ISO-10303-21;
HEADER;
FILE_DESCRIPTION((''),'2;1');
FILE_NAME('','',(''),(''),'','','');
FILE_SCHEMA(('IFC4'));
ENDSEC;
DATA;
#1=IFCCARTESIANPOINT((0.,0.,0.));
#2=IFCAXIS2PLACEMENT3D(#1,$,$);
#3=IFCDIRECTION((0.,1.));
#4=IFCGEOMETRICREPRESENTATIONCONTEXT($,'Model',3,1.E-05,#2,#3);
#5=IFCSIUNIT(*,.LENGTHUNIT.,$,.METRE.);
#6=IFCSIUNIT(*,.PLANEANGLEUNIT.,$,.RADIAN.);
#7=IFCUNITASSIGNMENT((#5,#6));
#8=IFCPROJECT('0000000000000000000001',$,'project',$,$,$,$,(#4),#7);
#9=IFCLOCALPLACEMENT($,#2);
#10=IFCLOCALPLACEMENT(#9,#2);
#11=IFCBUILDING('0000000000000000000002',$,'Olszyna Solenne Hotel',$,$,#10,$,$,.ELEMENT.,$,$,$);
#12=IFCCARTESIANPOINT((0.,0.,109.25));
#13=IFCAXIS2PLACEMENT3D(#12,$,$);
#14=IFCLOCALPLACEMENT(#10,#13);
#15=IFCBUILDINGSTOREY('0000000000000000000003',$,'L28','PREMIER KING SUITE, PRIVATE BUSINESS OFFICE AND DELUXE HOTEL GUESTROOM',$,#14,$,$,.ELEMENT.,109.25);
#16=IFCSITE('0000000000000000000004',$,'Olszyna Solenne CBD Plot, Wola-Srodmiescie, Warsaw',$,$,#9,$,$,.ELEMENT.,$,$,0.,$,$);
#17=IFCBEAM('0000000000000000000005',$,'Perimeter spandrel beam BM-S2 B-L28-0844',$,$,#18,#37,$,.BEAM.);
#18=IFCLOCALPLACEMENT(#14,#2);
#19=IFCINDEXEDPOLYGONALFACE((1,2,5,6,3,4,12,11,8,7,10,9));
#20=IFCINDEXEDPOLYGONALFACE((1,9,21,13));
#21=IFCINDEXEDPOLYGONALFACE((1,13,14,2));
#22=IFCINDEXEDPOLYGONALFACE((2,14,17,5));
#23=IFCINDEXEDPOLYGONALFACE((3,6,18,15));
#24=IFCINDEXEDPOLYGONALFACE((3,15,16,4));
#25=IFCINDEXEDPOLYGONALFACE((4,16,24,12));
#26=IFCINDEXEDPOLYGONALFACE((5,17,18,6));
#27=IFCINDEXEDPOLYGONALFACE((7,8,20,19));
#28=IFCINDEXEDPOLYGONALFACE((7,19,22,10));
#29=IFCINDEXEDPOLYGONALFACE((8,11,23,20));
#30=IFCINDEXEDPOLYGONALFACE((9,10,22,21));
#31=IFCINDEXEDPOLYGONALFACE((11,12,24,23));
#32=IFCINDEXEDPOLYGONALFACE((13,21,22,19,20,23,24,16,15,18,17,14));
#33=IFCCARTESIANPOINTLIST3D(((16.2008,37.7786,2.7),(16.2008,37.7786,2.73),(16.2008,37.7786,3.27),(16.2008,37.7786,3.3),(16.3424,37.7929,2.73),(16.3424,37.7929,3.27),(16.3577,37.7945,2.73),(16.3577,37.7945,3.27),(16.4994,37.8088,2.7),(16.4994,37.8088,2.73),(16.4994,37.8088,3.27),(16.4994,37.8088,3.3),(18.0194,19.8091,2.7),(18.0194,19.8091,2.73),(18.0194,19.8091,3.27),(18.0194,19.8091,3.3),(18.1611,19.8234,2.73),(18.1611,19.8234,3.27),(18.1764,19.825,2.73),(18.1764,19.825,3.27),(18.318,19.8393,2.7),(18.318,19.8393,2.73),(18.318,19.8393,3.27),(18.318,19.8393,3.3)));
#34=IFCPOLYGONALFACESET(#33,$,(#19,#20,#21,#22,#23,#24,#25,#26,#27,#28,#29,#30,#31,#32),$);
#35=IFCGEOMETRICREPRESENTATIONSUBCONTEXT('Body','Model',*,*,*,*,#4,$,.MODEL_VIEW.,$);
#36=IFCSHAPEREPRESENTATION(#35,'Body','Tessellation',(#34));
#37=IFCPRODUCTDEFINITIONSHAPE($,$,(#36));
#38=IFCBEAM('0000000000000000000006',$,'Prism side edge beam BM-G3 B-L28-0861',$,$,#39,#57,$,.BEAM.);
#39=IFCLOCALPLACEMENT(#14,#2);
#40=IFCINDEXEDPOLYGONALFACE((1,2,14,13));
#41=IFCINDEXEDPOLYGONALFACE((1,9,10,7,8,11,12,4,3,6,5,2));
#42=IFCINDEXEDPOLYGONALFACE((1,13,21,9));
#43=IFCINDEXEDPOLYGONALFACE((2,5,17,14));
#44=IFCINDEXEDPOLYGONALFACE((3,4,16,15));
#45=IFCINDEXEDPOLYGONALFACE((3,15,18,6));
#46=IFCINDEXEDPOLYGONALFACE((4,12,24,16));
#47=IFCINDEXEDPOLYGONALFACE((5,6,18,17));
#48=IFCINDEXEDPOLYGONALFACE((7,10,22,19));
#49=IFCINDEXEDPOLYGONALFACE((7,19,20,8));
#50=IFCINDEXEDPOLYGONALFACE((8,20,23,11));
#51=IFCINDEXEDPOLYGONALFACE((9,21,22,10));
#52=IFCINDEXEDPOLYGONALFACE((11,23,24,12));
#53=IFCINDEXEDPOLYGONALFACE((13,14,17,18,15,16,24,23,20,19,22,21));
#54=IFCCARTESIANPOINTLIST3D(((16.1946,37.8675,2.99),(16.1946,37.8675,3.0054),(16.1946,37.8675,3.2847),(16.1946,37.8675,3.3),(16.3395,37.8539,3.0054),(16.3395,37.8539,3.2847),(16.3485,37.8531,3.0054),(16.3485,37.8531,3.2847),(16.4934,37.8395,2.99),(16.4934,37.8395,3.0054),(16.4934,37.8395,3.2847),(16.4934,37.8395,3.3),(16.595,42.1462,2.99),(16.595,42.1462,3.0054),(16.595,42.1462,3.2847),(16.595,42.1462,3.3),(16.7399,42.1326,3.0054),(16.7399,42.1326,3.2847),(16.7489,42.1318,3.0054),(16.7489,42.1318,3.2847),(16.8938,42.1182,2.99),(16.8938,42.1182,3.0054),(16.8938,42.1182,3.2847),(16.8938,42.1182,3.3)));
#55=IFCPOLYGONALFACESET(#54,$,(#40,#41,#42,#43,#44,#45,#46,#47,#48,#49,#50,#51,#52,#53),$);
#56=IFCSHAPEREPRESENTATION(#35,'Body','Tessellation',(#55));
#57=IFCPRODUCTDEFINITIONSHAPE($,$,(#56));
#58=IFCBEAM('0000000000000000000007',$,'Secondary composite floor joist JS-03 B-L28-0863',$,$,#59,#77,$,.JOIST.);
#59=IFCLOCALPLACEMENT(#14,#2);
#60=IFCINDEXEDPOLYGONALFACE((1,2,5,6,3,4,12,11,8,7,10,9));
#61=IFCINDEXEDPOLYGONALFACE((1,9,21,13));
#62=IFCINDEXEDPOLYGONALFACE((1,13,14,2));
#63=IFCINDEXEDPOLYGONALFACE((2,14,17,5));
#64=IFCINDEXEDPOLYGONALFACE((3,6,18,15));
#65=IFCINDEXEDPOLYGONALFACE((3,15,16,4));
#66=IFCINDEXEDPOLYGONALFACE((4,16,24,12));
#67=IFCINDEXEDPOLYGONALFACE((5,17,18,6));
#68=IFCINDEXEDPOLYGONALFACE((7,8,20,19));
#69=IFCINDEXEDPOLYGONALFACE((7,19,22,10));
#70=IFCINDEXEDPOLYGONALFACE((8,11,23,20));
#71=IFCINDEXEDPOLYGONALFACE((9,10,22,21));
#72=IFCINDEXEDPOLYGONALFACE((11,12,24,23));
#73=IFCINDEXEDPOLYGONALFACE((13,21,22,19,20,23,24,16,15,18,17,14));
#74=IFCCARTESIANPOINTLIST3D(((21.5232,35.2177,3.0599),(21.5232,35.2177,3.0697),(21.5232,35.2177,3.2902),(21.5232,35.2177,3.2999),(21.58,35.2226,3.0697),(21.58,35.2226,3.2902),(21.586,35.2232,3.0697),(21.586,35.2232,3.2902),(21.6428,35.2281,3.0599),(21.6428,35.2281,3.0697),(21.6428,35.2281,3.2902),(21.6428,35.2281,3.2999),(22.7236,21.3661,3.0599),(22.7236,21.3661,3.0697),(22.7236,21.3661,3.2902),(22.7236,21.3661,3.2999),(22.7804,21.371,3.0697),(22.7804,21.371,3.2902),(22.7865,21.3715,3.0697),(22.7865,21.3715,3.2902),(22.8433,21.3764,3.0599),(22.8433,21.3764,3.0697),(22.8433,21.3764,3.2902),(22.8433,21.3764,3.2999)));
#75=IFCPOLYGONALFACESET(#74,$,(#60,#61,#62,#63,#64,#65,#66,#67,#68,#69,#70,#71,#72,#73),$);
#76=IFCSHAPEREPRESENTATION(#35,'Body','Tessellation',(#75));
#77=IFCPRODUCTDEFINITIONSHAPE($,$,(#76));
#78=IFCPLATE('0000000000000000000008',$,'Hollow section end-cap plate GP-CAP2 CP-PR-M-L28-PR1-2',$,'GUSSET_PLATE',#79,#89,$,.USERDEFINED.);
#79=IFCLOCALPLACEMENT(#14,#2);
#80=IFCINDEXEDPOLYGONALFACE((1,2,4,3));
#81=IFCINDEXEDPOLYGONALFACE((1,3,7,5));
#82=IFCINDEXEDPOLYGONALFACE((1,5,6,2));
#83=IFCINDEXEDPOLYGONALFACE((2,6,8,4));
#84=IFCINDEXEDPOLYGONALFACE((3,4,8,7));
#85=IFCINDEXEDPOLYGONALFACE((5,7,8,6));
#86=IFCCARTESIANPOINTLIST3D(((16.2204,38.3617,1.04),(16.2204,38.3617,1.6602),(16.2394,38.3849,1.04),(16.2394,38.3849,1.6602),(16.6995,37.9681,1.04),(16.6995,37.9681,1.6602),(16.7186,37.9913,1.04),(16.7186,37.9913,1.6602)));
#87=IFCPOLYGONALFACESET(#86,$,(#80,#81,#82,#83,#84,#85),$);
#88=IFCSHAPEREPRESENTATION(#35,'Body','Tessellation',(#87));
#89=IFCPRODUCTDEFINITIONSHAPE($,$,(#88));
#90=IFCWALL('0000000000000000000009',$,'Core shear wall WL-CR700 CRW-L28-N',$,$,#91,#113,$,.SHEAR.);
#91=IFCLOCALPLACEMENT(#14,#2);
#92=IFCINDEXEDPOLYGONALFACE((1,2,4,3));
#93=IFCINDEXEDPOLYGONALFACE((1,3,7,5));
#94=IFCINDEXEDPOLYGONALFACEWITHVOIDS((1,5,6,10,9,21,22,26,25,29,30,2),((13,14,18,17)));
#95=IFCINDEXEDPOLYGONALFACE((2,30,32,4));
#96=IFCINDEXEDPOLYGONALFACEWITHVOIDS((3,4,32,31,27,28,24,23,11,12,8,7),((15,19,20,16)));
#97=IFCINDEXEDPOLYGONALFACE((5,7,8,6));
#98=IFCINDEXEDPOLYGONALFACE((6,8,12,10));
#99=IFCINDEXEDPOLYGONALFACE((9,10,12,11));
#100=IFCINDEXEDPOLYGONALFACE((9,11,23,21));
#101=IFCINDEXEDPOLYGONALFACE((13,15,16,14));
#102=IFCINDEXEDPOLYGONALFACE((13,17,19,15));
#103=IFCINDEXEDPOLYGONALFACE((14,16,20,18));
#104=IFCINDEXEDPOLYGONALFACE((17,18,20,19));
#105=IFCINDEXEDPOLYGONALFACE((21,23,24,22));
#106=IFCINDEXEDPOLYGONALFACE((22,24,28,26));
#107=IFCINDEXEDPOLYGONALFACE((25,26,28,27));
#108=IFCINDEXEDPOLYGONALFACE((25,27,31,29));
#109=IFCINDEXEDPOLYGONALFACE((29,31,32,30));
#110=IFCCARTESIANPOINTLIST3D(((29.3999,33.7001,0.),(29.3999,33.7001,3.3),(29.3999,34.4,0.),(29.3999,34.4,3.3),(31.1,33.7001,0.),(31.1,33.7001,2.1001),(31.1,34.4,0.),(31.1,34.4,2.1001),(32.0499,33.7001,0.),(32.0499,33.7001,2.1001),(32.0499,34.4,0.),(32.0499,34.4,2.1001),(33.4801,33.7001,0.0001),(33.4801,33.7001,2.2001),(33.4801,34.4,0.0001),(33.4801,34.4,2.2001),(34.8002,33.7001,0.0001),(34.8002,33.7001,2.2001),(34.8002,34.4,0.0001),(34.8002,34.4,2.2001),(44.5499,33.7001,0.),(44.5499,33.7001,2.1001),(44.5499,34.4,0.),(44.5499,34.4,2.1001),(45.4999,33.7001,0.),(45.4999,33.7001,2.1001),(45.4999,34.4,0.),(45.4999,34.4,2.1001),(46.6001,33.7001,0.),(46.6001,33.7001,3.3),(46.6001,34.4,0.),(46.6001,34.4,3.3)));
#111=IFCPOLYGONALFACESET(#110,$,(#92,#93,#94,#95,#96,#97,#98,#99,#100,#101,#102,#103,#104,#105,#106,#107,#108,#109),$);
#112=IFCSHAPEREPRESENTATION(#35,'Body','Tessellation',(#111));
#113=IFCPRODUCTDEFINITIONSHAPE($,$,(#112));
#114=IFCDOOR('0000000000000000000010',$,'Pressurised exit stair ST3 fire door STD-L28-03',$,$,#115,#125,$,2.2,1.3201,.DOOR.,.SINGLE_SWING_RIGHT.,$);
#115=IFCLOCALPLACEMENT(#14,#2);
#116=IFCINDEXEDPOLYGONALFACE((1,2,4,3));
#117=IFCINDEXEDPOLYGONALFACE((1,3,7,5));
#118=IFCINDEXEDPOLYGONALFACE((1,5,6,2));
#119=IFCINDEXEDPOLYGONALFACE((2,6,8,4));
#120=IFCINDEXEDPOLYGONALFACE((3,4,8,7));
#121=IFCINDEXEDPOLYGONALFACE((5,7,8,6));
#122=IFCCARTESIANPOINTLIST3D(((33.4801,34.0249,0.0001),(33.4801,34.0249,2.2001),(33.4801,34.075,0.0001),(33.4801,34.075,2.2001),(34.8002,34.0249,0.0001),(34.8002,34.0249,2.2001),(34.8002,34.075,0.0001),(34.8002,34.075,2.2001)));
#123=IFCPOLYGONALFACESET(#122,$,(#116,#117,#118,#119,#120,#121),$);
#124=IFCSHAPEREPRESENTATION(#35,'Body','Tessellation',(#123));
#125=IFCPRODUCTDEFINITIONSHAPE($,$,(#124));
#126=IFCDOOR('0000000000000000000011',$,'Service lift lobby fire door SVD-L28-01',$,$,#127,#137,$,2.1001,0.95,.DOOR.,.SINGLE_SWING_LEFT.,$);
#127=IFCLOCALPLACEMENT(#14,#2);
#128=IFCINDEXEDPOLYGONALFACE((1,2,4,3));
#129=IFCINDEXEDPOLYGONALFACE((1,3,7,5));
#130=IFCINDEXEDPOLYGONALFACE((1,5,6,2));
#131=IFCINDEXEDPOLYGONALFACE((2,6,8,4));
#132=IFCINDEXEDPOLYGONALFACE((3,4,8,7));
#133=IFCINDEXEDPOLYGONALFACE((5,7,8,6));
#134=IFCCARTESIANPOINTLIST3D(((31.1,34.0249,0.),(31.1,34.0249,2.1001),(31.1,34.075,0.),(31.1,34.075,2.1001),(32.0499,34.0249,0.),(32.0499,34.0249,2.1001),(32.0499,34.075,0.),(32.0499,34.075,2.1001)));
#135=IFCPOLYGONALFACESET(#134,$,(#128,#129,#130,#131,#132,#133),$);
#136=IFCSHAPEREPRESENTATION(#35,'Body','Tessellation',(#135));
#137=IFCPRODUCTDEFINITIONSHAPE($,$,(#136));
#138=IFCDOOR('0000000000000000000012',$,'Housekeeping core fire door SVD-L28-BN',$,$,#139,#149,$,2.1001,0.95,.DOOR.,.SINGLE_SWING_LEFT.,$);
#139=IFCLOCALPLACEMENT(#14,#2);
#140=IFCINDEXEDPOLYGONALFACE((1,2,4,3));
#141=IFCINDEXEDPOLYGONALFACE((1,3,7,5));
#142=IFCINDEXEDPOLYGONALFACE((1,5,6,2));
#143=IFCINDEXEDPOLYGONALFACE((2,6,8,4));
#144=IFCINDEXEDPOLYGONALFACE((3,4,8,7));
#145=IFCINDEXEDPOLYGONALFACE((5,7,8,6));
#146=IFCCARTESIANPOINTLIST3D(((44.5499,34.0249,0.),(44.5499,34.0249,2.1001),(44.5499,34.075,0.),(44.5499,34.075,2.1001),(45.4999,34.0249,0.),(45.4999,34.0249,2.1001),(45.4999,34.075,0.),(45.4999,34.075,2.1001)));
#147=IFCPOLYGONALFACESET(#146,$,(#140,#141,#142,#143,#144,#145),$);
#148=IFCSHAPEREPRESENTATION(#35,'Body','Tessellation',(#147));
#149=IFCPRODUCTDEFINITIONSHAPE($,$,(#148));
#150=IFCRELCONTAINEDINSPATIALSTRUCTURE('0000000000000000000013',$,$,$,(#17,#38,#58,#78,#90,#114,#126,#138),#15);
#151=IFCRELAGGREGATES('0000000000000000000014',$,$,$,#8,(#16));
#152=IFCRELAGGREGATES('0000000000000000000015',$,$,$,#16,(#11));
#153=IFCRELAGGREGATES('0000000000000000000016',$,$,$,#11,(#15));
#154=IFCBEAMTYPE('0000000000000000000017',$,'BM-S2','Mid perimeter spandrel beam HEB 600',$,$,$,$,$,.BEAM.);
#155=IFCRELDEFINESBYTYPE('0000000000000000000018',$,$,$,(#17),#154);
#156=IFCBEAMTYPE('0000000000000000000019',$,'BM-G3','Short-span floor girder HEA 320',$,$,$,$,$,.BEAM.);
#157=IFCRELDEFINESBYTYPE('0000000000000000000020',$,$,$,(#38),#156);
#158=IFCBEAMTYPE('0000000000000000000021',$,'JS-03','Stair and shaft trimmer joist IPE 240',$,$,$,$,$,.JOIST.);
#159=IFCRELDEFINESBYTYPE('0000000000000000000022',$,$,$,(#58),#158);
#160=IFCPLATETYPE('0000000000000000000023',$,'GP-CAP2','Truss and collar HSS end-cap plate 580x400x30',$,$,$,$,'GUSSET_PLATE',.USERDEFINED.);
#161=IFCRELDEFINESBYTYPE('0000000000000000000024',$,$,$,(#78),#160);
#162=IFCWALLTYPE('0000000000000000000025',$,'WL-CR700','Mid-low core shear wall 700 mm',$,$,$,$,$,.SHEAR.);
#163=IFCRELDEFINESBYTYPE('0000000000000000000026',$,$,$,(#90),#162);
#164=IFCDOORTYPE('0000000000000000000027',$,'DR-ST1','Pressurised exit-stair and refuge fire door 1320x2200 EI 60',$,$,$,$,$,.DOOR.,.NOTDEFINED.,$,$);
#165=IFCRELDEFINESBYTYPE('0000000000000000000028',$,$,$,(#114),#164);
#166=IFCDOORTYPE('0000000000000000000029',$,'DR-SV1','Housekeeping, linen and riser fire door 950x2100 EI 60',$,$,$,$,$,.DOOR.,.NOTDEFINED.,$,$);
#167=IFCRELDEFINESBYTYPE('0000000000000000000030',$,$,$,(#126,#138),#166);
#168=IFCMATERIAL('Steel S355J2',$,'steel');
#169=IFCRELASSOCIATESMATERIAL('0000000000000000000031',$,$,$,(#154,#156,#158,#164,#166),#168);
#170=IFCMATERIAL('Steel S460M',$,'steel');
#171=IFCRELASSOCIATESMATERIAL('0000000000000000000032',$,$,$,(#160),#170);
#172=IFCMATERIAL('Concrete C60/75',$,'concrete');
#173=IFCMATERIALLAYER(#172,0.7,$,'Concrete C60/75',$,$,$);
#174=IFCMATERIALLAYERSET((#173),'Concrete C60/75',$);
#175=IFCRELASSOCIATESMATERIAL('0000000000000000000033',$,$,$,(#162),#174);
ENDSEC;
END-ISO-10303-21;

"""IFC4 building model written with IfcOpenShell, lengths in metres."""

from ifc_helpers import new_model, si_unit, direction, frame, frame_2d, origin, origin_2d, place, context, subcontext, project, spatial, rectangle, i_section, extrude, source, transform, mapped, material, layer, layer_set, material_profile, profile_set, type_object, type_shapes, element, fill, save


model = new_model("IFC4")

# Units and contexts
model_context = context("Model", 3, precision=1e-05, world=origin(), true_north=direction((0.0, 1.0)))
body_context = subcontext(model_context, "Body", "Model", "MODEL_VIEW")
ifc_project = project(units=[si_unit("LENGTHUNIT", "METRE"), si_unit("PLANEANGLEUNIT", "RADIAN")], contexts=[model_context])

# Site, building, storey
site_placement = place(None, origin())
site = spatial("IfcSite", under=ifc_project, at=site_placement, Name="Olszyna Solenne CBD Plot, Wola-Srodmiescie, Warsaw", CompositionType="ELEMENT", RefElevation=0.0)
building_placement = place(site_placement, origin())
building = spatial("IfcBuilding", under=site, at=building_placement, Name="Olszyna Solenne Hotel", CompositionType="ELEMENT")
storey_placement = place(building_placement, frame((0.0, 0.0, 109.25)))
storey = spatial("IfcBuildingStorey", under=building, at=storey_placement, Name="L28", Description="PREMIER KING SUITE, PRIVATE BUSINESS OFFICE AND DELUXE HOTEL GUESTROOM", CompositionType="ELEMENT", Elevation=109.25)

# Beams
ifc_material_1 = material(Name="Steel S355J2", Category="steel")
ifc_material_profile_1 = material_profile(ifc_material_1, i_section(OverallWidth=0.3, OverallDepth=0.6001, WebThickness=0.0154, FlangeThickness=0.03, at=origin_2d()), Name="HEB 600", Category="load-bearing")
ifc_profile_set_1 = profile_set([ifc_material_profile_1], Name="Steel S355J2")
beam_type_1 = type_object("IfcBeamType", Name="BM-S2", Description="Mid perimeter spandrel beam HEB 600", PredefinedType="BEAM", material=ifc_profile_set_1)
shared_shape_1 = source(origin(), body_context, "Body", "SweptSolid", [
    extrude(i_section(OverallWidth=0.3, OverallDepth=0.6001, WebThickness=0.0154, FlangeThickness=0.03, at=origin_2d()), origin(), (0.0, 0.0, 1.0), 18.0613),
])
beam_1_placement = place(storey_placement, frame((16.3501, 37.7937, 3.0), z_axis=(0.100691, -0.994918, 0.0), x_axis=(0.994918, 0.100691, 0.0)))
element("IfcBeam", 1, at=beam_1_placement, inside=storey, type_object=beam_type_1, Name="Perimeter spandrel beam BM-S2 B-L28-0844", PredefinedType="BEAM", context=body_context, shape_type="MappedRepresentation", body=[
    mapped(shared_shape_1, transform((0.0, 0.0, 0.0), x_axis=(1.0, 0.0, 0.0), y_axis=(0.0, 1.0, 0.0), z_axis=(0.0, 0.0, 1.0), scale=1.0)),
])
ifc_material_profile_2 = material_profile(ifc_material_1, i_section(OverallWidth=0.3, OverallDepth=0.3101, WebThickness=0.009, FlangeThickness=0.0154, at=origin_2d()), Name="HEA 320", Category="load-bearing")
ifc_profile_set_2 = profile_set([ifc_material_profile_2], Name="Steel S355J2")
beam_type_2 = type_object("IfcBeamType", Name="BM-G3", Description="Short-span floor girder HEA 320", PredefinedType="BEAM", material=ifc_profile_set_2)
shared_shape_2 = source(origin(), body_context, "Body", "SweptSolid", [
    extrude(i_section(OverallWidth=0.3, OverallDepth=0.3101, WebThickness=0.009, FlangeThickness=0.0154, at=origin_2d()), origin(), (0.0, 0.0, 1.0), 4.2974),
])
beam_2_placement = place(storey_placement, frame((16.344, 37.8535, 3.145), z_axis=(0.093174, 0.99565, 0.0), x_axis=(-0.99565, 0.093174, 0.0)))
element("IfcBeam", 2, at=beam_2_placement, inside=storey, type_object=beam_type_2, Name="Prism side edge beam BM-G3 B-L28-0861", PredefinedType="BEAM", context=body_context, shape_type="MappedRepresentation", body=[
    mapped(shared_shape_2, transform((0.0, 0.0, 0.0), x_axis=(1.0, 0.0, 0.0), y_axis=(0.0, 1.0, 0.0), z_axis=(0.0, 0.0, 1.0), scale=1.0)),
])
ifc_material_profile_3 = material_profile(ifc_material_1, i_section(OverallWidth=0.1201, OverallDepth=0.24, WebThickness=0.0061, FlangeThickness=0.0098, at=origin_2d()), Name="IPE 240", Category="load-bearing")
ifc_profile_set_3 = profile_set([ifc_material_profile_3], Name="Steel S355J2")
beam_type_3 = type_object("IfcBeamType", Name="JS-03", Description="Stair and shaft trimmer joist IPE 240", PredefinedType="JOIST", material=ifc_profile_set_3)
shared_shape_3 = source(origin(), body_context, "Body", "SweptSolid", [
    extrude(i_section(OverallWidth=0.1201, OverallDepth=0.24, WebThickness=0.0061, FlangeThickness=0.0098, at=origin_2d()), origin(), (0.0, 0.0, 1.0), 13.9036),
])
beam_3_placement = place(storey_placement, frame((21.583, 35.2229, 3.1799), z_axis=(0.086341, -0.996266, 0.0), x_axis=(0.996266, 0.086341, 0.0)))
element("IfcBeam", 3, at=beam_3_placement, inside=storey, type_object=beam_type_3, Name="Secondary composite floor joist JS-03 B-L28-0863", PredefinedType="JOIST", context=body_context, shape_type="MappedRepresentation", body=[
    mapped(shared_shape_3, transform((0.0, 0.0, 0.0), x_axis=(1.0, 0.0, 0.0), y_axis=(0.0, 1.0, 0.0), z_axis=(0.0, 0.0, 1.0), scale=1.0)),
])

# Plate
ifc_material_2 = material(Name="Steel S460M", Category="steel")
plate_type = type_object("IfcPlateType", Name="GP-CAP2", Description="Truss and collar HSS end-cap plate 580x400x30", ElementType="GUSSET_PLATE", PredefinedType="USERDEFINED", material=ifc_material_2)
shared_shape_4 = source(origin(), body_context, "Body", "SweptSolid", [
    extrude(rectangle(XDim=0.03, YDim=0.6201, at=origin_2d()), origin(), (0.0, 0.0, 1.0), 0.6201),
])
plate_placement = place(storey_placement, frame((16.4695, 38.1765, 1.04), z_axis=(0.0, 0.0, 1.0), x_axis=(-0.634731, -0.772734, 0.0)))
element("IfcPlate", 4, at=plate_placement, inside=storey, type_object=plate_type, Name="Hollow section end-cap plate GP-CAP2 CP-PR-M-L28-PR1-2", ObjectType="GUSSET_PLATE", PredefinedType="USERDEFINED", context=body_context, shape_type="MappedRepresentation", body=[
    mapped(shared_shape_4, transform((0.0, 0.0, 0.0), x_axis=(1.0, 0.0, 0.0), y_axis=(0.0, 1.0, 0.0), z_axis=(0.0, 0.0, 1.0), scale=1.0)),
])

# Wall, openings, doors
ifc_material_3 = material(Name="Concrete C60/75", Category="concrete")
ifc_layer_1 = layer(ifc_material_3, 0.7, Name="Concrete C60/75")
ifc_layer_set_1 = layer_set([ifc_layer_1], Name="Concrete C60/75")
wall_type_1 = type_object("IfcWallType", Name="WL-CR700", Description="Mid-low core shear wall 700 mm", PredefinedType="SHEAR", material=ifc_layer_set_1)
wall_1_placement = place(storey_placement, frame((29.3999, 34.05, 0.0), z_axis=(0.0, 0.0, 1.0), x_axis=(1.0, 0.0, 0.0)))
wall_1 = element("IfcWall", 5, at=wall_1_placement, inside=storey, type_object=wall_type_1, Name="Core shear wall WL-CR700 CRW-L28-N", PredefinedType="SHEAR", context=body_context, shape_type="SweptSolid", body=[
    extrude(rectangle(XDim=17.2002, YDim=0.7, at=frame_2d((8.6001, 0.0))), origin(), (0.0, 0.0, 1.0), 3.3),
])
opening_1_placement = place(wall_1_placement, frame((1.7, 0.0, 0.0)))
opening_1 = element("IfcOpeningElement", 6, at=opening_1_placement, cuts=wall_1, PredefinedType="OPENING", context=body_context, shape_type="SweptSolid", body=[
    extrude(rectangle(XDim=0.95, YDim=2.1001, at=frame_2d((0.4751, 1.05))), frame((0.0, 0.3599, 0.0), z_axis=(0.0, -1.0, 0.0), x_axis=(1.0, 0.0, 0.0)), (0.0, 0.0, 1.0), 0.72),
])
opening_2_placement = place(wall_1_placement, frame((4.0801, 0.0, 0.0)))
opening_2 = element("IfcOpeningElement", 7, at=opening_2_placement, cuts=wall_1, PredefinedType="OPENING", context=body_context, shape_type="SweptSolid", body=[
    extrude(rectangle(XDim=1.3201, YDim=2.2, at=frame_2d((0.6602, 1.1001))), frame((0.0, 0.3599, 0.0), z_axis=(0.0, -1.0, 0.0), x_axis=(1.0, 0.0, 0.0)), (0.0, 0.0, 1.0), 0.72),
])
opening_3_placement = place(wall_1_placement, frame((15.1499, 0.0, 0.0)))
opening_3 = element("IfcOpeningElement", 8, at=opening_3_placement, cuts=wall_1, PredefinedType="OPENING", context=body_context, shape_type="SweptSolid", body=[
    extrude(rectangle(XDim=0.95, YDim=2.1001, at=frame_2d((0.4751, 1.05))), frame((0.0, 0.3599, 0.0), z_axis=(0.0, -1.0, 0.0), x_axis=(1.0, 0.0, 0.0)), (0.0, 0.0, 1.0), 0.72),
])
door_type_1 = type_object("IfcDoorType", Name="DR-ST1", Description="Pressurised exit-stair and refuge fire door 1320x2200 EI 60", OperationType="NOTDEFINED", PredefinedType="DOOR", material=ifc_material_1)
shared_shape_5 = source(origin(), body_context, "Body", "SweptSolid", [
    extrude(rectangle(XDim=1.3201, YDim=2.2, at=frame_2d((0.6602, 1.1001))), frame((0.0, 0.0249, 0.0), z_axis=(0.0, -1.0, 0.0), x_axis=(1.0, 0.0, 0.0)), (0.0, 0.0, 1.0), 0.05),
])
type_shapes(door_type_1, [shared_shape_5])
door_1_placement = place(opening_2_placement, origin())
door_1 = element("IfcDoor", 9, at=door_1_placement, inside=storey, type_object=door_type_1, Name="Pressurised exit stair ST3 fire door STD-L28-03", OperationType="SINGLE_SWING_RIGHT", OverallHeight=2.2, OverallWidth=1.3201, PredefinedType="DOOR", context=body_context, shape_type="MappedRepresentation", body=[
    mapped(shared_shape_5, transform((0.0, 0.0, 0.0), x_axis=(1.0, 0.0, 0.0), y_axis=(0.0, 1.0, 0.0), z_axis=(0.0, 0.0, 1.0), scale=1.0)),
])
fill(opening_2, door_1)
door_type_2 = type_object("IfcDoorType", Name="DR-SV1", Description="Housekeeping, linen and riser fire door 950x2100 EI 60", OperationType="NOTDEFINED", PredefinedType="DOOR", material=ifc_material_1)
shared_shape_6 = source(origin(), body_context, "Body", "SweptSolid", [
    extrude(rectangle(XDim=0.95, YDim=2.1001, at=frame_2d((0.4751, 1.05))), frame((0.0, 0.0249, 0.0), z_axis=(0.0, -1.0, 0.0), x_axis=(1.0, 0.0, 0.0)), (0.0, 0.0, 1.0), 0.05),
])
type_shapes(door_type_2, [shared_shape_6])
door_2_placement = place(opening_1_placement, origin())
door_2 = element("IfcDoor", 10, at=door_2_placement, inside=storey, type_object=door_type_2, Name="Service lift lobby fire door SVD-L28-01", OperationType="SINGLE_SWING_LEFT", OverallHeight=2.1001, OverallWidth=0.95, PredefinedType="DOOR", context=body_context, shape_type="MappedRepresentation", body=[
    mapped(shared_shape_6, transform((0.0, 0.0, 0.0), x_axis=(1.0, 0.0, 0.0), y_axis=(0.0, 1.0, 0.0), z_axis=(0.0, 0.0, 1.0), scale=1.0)),
])
fill(opening_1, door_2)
door_3_placement = place(opening_3_placement, origin())
door_3 = element("IfcDoor", 11, at=door_3_placement, inside=storey, type_object=door_type_2, Name="Housekeeping core fire door SVD-L28-BN", OperationType="SINGLE_SWING_LEFT", OverallHeight=2.1001, OverallWidth=0.95, PredefinedType="DOOR", context=body_context, shape_type="MappedRepresentation", body=[
    mapped(shared_shape_6, transform((0.0, 0.0, 0.0), x_axis=(1.0, 0.0, 0.0), y_axis=(0.0, 1.0, 0.0), z_axis=(0.0, 0.0, 1.0), scale=1.0)),
])
fill(opening_3, door_3)

save(model, "model.ifc")
